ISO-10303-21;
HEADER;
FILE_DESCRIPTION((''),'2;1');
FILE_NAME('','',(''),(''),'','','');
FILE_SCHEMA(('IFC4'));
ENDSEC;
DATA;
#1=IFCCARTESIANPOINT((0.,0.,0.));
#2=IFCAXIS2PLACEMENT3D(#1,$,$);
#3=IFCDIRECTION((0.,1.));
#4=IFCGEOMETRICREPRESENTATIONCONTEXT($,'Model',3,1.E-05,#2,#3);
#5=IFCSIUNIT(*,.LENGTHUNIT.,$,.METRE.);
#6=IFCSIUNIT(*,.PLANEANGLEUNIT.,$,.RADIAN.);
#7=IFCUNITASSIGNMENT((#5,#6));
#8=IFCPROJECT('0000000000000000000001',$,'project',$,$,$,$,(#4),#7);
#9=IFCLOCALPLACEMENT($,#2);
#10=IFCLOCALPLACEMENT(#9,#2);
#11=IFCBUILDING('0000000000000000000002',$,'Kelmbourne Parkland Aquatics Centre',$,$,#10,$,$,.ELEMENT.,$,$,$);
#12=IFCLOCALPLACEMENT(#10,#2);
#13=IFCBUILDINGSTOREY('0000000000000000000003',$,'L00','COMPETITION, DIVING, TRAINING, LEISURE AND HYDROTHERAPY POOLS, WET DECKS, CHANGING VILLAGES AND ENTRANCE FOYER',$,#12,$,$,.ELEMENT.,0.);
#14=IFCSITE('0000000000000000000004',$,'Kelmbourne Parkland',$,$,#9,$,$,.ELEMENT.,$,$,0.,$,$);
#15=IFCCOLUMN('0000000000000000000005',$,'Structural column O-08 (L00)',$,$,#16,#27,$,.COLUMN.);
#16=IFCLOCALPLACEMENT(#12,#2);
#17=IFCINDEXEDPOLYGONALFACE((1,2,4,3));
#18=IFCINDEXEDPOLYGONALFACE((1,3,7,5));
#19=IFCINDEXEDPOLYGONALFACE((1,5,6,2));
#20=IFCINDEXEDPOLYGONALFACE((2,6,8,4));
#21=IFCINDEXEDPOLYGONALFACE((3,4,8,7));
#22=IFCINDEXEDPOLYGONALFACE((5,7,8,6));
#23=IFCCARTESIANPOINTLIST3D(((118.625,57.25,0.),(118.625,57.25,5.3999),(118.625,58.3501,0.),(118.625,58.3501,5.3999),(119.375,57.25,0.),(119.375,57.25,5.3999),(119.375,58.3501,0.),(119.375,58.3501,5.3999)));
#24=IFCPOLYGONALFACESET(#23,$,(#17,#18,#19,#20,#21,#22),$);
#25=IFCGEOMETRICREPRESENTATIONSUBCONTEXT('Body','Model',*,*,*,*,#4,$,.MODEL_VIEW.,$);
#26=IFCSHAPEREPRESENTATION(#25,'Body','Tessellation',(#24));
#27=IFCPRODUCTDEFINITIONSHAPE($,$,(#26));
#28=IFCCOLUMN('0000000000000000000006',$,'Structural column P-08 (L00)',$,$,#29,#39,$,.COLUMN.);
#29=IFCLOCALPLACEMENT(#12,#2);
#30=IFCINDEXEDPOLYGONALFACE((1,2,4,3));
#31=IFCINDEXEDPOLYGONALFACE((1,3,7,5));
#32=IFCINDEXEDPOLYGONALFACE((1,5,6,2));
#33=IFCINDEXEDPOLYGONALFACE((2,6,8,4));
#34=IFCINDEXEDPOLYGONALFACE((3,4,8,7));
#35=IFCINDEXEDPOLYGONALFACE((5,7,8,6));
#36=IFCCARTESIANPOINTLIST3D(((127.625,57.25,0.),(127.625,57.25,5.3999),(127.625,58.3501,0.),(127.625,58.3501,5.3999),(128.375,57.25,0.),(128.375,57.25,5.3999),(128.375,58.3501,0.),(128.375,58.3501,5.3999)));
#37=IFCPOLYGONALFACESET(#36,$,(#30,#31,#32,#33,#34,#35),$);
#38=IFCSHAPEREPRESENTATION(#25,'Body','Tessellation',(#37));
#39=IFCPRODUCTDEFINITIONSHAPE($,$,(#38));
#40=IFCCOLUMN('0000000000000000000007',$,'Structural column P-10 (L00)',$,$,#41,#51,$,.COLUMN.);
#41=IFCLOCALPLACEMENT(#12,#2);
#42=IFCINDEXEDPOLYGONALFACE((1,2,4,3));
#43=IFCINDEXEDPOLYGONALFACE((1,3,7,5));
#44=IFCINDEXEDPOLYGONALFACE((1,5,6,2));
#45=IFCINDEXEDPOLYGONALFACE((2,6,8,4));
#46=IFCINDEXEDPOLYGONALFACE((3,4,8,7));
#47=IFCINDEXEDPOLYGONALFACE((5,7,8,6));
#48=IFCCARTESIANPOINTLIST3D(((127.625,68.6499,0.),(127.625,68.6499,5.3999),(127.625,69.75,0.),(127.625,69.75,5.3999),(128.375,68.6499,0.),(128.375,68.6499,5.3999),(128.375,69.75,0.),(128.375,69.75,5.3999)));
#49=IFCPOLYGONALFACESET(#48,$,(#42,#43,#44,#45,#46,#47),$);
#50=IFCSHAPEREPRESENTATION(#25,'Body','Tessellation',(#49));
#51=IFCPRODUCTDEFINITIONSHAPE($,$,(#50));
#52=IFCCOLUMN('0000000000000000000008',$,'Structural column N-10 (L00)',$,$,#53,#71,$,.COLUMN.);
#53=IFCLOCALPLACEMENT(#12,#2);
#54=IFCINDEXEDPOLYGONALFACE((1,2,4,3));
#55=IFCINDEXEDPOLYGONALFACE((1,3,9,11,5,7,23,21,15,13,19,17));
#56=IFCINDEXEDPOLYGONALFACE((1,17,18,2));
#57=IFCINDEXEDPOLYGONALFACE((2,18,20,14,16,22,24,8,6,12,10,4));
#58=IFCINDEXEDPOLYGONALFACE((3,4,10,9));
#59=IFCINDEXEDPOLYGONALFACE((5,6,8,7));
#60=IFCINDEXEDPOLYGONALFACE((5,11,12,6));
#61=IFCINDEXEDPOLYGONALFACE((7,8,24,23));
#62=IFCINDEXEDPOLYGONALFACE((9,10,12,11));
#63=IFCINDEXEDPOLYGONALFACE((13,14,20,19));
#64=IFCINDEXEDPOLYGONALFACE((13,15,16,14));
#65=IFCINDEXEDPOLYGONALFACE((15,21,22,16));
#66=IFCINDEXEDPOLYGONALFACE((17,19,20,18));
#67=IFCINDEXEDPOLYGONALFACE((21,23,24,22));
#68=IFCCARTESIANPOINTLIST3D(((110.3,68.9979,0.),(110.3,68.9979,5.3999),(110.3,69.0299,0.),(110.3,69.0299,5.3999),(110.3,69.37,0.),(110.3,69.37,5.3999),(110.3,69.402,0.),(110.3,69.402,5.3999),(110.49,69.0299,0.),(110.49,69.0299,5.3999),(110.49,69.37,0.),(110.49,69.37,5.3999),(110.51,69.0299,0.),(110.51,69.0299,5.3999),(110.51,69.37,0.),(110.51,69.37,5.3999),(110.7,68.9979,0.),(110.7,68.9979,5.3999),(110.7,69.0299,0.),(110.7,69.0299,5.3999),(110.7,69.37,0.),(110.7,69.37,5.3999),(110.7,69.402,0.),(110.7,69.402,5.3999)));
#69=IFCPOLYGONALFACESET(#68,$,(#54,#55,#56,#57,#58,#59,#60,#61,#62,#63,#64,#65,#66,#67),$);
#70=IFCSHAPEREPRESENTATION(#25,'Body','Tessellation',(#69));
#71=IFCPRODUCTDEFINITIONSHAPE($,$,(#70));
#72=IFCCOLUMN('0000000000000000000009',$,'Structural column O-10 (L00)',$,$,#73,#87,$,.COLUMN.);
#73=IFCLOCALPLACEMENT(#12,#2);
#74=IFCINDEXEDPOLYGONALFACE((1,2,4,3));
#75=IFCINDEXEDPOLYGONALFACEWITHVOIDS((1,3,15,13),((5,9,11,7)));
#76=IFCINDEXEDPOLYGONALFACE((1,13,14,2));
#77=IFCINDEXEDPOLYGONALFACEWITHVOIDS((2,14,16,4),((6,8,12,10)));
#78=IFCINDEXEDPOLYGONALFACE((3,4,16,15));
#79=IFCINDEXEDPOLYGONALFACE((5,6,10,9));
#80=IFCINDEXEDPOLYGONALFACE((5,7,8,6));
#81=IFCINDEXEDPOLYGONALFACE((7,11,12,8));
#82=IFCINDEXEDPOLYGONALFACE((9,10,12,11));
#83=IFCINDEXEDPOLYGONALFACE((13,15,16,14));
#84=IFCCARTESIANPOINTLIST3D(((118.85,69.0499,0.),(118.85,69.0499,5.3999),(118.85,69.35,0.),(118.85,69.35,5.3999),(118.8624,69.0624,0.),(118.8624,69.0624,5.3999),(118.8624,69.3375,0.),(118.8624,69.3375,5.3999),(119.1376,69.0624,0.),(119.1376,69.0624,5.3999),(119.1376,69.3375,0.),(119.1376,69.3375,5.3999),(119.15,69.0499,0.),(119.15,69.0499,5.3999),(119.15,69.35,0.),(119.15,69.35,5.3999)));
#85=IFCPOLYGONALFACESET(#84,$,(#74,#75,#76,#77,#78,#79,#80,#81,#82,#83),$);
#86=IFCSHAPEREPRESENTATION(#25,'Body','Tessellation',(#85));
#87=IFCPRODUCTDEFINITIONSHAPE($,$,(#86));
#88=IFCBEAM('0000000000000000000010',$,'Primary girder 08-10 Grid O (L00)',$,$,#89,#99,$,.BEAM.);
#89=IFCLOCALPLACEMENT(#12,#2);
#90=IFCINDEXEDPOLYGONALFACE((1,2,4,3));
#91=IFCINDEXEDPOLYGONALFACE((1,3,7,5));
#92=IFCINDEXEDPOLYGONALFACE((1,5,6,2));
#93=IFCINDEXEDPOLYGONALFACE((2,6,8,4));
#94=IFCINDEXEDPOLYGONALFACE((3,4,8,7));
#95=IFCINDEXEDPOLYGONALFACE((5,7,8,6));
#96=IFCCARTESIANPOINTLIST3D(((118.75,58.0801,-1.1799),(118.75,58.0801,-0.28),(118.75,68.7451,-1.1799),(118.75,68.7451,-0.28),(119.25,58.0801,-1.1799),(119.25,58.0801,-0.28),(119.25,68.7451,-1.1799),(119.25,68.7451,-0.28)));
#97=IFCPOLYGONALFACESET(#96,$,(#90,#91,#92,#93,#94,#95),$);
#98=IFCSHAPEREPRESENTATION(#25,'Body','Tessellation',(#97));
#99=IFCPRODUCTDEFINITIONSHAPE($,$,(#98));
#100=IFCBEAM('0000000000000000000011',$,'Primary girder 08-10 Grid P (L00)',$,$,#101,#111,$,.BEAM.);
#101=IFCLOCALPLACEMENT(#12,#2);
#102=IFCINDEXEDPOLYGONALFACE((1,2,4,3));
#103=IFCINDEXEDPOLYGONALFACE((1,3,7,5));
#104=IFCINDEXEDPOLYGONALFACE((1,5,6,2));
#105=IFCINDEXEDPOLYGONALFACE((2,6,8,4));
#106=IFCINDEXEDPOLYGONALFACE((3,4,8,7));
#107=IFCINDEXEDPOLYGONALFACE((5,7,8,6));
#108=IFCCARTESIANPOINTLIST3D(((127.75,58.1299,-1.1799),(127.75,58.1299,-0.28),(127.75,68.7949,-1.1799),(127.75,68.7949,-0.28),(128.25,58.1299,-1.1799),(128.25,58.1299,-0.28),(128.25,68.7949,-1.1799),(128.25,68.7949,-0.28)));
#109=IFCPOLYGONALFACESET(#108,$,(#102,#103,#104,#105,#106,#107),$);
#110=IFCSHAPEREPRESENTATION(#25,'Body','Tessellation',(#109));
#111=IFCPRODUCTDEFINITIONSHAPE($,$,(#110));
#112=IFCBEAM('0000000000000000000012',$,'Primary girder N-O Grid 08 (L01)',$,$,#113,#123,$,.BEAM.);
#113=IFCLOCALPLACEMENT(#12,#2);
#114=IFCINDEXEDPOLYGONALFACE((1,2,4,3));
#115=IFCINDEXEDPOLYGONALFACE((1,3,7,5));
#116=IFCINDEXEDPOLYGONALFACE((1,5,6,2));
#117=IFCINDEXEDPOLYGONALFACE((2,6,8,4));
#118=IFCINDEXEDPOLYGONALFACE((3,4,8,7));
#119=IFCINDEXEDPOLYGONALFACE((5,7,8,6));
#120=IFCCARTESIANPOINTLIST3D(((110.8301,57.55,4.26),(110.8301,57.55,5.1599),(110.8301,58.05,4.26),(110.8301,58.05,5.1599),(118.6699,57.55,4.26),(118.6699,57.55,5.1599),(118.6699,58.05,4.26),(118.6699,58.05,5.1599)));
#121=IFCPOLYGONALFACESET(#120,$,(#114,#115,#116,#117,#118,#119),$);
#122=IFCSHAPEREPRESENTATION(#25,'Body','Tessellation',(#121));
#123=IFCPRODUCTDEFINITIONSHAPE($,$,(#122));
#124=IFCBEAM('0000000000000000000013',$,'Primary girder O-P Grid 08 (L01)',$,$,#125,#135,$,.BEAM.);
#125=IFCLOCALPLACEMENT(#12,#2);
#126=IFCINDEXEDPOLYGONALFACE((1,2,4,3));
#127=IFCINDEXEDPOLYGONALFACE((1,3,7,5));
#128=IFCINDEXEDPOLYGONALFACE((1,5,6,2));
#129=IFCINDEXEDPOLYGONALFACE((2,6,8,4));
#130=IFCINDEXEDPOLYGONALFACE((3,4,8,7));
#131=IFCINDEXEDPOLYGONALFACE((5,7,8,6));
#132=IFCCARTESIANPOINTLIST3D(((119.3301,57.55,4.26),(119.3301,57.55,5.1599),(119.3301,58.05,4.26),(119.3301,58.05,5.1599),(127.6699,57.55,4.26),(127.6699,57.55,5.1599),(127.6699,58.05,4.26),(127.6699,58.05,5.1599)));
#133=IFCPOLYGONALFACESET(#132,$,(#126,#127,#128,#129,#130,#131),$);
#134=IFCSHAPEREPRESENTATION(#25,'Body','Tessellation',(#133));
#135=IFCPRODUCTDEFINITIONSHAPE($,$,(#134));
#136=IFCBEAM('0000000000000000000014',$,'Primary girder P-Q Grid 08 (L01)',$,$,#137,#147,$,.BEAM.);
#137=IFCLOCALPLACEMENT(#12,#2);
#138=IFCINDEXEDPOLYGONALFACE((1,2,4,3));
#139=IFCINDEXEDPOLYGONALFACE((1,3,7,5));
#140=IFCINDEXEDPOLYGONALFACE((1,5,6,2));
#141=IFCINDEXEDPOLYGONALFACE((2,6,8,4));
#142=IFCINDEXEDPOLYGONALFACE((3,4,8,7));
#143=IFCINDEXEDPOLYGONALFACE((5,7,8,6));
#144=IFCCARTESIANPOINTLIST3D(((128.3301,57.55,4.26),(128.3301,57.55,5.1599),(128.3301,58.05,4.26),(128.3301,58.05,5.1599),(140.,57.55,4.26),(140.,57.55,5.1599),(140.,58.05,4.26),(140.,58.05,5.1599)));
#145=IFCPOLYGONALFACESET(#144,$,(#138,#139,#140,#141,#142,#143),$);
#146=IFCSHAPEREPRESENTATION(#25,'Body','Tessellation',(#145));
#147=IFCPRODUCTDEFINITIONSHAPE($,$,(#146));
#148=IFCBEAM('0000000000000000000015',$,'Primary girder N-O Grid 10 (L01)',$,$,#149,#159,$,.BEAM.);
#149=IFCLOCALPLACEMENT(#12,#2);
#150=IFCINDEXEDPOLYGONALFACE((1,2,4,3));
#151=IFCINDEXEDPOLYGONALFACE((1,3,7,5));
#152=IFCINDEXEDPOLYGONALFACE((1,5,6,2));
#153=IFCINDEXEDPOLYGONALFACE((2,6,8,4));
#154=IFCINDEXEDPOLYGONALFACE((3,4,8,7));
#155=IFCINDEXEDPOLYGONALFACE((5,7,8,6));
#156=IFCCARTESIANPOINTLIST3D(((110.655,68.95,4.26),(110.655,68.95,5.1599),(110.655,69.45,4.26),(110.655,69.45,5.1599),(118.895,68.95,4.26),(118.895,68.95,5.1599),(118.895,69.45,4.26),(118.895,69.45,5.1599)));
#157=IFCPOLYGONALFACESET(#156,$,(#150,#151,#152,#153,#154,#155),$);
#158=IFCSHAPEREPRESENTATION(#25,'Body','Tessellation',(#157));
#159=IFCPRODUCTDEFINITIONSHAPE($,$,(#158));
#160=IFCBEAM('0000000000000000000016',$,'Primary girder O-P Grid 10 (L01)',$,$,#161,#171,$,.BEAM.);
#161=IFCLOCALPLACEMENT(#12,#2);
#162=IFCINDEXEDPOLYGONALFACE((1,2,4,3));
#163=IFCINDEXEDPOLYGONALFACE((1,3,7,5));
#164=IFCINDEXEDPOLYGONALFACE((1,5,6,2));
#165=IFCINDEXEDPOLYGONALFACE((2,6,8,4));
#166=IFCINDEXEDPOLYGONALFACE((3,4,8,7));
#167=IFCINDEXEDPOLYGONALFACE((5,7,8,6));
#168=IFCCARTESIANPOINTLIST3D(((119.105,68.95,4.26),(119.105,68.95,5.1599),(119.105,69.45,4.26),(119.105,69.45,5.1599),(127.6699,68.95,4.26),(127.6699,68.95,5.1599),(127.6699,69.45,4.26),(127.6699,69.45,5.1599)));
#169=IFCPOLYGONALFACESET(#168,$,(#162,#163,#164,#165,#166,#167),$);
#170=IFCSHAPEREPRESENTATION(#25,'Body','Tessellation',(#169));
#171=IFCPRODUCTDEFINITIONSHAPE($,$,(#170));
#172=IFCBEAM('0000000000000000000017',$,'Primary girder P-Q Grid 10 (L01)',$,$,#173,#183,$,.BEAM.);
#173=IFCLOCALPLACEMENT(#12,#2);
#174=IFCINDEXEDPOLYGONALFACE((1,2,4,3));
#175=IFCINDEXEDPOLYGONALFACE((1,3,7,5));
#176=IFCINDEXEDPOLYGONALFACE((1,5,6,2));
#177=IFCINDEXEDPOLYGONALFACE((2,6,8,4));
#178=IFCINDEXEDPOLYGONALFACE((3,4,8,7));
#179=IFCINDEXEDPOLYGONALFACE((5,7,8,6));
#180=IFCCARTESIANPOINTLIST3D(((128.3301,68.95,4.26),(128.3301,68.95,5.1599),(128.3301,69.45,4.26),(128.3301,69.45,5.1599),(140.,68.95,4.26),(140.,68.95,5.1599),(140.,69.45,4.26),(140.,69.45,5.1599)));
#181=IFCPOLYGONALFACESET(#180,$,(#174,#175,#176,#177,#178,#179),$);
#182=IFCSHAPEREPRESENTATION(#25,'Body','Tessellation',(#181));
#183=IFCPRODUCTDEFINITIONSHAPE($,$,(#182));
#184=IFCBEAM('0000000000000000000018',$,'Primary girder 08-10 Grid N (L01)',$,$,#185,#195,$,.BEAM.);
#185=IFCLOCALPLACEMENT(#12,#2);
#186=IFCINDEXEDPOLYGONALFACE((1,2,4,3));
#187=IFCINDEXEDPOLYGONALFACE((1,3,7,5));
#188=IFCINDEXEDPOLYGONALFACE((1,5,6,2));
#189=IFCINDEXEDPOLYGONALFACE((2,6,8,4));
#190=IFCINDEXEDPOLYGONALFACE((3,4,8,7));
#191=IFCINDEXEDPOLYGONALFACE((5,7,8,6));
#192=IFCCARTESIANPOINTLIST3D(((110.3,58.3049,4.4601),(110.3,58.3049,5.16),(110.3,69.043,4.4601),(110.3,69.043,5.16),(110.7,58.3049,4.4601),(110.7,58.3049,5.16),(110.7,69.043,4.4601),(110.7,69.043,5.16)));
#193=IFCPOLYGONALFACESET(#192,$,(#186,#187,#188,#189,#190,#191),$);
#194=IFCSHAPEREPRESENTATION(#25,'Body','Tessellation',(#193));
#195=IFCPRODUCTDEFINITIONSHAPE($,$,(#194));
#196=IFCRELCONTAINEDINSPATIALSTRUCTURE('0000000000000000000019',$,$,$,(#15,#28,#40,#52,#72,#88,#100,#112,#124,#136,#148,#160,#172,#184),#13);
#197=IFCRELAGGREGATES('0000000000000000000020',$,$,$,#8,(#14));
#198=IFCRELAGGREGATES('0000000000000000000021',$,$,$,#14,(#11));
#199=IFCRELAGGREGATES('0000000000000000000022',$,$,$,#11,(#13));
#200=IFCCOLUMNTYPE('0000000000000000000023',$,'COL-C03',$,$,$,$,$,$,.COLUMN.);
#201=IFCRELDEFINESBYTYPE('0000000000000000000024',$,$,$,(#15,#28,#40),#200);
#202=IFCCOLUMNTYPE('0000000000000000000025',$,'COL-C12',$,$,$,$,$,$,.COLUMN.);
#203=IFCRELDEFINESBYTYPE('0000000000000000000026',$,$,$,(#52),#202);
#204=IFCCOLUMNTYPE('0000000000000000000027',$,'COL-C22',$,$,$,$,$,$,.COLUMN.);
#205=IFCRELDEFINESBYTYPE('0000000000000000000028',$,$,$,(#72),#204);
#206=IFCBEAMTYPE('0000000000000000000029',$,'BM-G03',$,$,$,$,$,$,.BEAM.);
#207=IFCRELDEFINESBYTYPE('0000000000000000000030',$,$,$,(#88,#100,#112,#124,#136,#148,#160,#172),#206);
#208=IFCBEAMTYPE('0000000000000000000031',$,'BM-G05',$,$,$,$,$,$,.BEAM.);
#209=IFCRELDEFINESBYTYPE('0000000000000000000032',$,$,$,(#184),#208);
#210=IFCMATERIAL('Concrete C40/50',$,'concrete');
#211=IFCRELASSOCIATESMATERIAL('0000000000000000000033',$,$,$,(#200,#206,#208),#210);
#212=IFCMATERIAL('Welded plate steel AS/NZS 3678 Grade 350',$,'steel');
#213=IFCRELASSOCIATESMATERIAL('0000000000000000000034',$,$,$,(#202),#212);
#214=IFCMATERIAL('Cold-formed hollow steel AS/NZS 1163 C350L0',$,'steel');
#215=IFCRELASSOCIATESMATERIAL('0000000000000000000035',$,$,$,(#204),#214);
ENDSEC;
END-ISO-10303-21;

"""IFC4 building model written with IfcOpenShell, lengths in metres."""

from ifc_helpers import new_model, si_unit, direction, frame, origin, origin_2d, place, context, subcontext, project, spatial, rectangle, hollow_rectangle, i_section, extrude, material, material_profile, profile_set, type_object, element, save


model = new_model("IFC4")

# Units and contexts
model_context = context("Model", 3, precision=1e-05, world=origin(), true_north=direction((0.0, 1.0)))
body_context = subcontext(model_context, "Body", "Model", "MODEL_VIEW")
ifc_project = project(units=[si_unit("LENGTHUNIT", "METRE"), si_unit("PLANEANGLEUNIT", "RADIAN")], contexts=[model_context])

# Site, building, storey
site_placement = place(None, origin())
site = spatial("IfcSite", under=ifc_project, at=site_placement, Name="Kelmbourne Parkland", CompositionType="ELEMENT", RefElevation=0.0)
building_placement = place(site_placement, origin())
building = spatial("IfcBuilding", under=site, at=building_placement, Name="Kelmbourne Parkland Aquatics Centre", CompositionType="ELEMENT")
storey_placement = place(building_placement, origin())
storey = spatial("IfcBuildingStorey", under=building, at=storey_placement, Name="L00", Description="COMPETITION, DIVING, TRAINING, LEISURE AND HYDROTHERAPY POOLS, WET DECKS, CHANGING VILLAGES AND ENTRANCE FOYER", CompositionType="ELEMENT", Elevation=0.0)

# Columns
ifc_material_1 = material(Name="Concrete C40/50", Category="concrete")
ifc_material_profile_1 = material_profile(ifc_material_1, rectangle(XDim=0.75, YDim=1.1001, at=origin_2d()), Name="RC 750x1100")
ifc_profile_set_1 = profile_set([ifc_material_profile_1], Name="Concrete C40/50")
column_type_1 = type_object("IfcColumnType", Name="COL-C03", PredefinedType="COLUMN", material=ifc_profile_set_1)
for number, where, z_axis, x_axis, name in (
    (1, (119.0, 57.8, 0.0), (0.0, 0.0, 1.0), (1.0, 0.0, 0.0), "Structural column O-08 (L00)"),
    (2, (128.0, 57.8, 0.0), (0.0, 0.0, 1.0), (1.0, 0.0, 0.0), "Structural column P-08 (L00)"),
    (3, (128.0, 69.2, 0.0), (0.0, 0.0, 1.0), (1.0, 0.0, 0.0), "Structural column P-10 (L00)"),
):
    element("IfcColumn", number, at=place(storey_placement, frame(where, z_axis=z_axis, x_axis=x_axis)), inside=storey, type_object=column_type_1, Name=name, PredefinedType="COLUMN", context=body_context, shape_type="SweptSolid", body=[
        extrude(rectangle(XDim=0.75, YDim=1.1001, at=origin_2d()), origin(), (0.0, 0.0, 1.0), 5.3999),
    ])
ifc_material_2 = material(Name="Welded plate steel AS/NZS 3678 Grade 350", Category="steel")
ifc_material_profile_2 = material_profile(ifc_material_2, i_section(OverallWidth=0.3999, OverallDepth=0.4041, WebThickness=0.02, FlangeThickness=0.032, at=origin_2d()), Name="400WC270")
ifc_profile_set_2 = profile_set([ifc_material_profile_2], Name="Welded plate steel AS/NZS 3678 Grade 350")
column_type_2 = type_object("IfcColumnType", Name="COL-C12", PredefinedType="COLUMN", material=ifc_profile_set_2)
column_1_placement = place(storey_placement, frame((110.5, 69.2, 0.0), z_axis=(0.0, 0.0, 1.0), x_axis=(1.0, 0.0, 0.0)))
element("IfcColumn", 4, at=column_1_placement, inside=storey, type_object=column_type_2, Name="Structural column N-10 (L00)", PredefinedType="COLUMN", context=body_context, shape_type="SweptSolid", body=[
    extrude(i_section(OverallWidth=0.3999, OverallDepth=0.4041, WebThickness=0.02, FlangeThickness=0.032, at=origin_2d()), origin(), (0.0, 0.0, 1.0), 5.3999),
])
ifc_material_3 = material(Name="Cold-formed hollow steel AS/NZS 1163 C350L0", Category="steel")
ifc_material_profile_3 = material_profile(ifc_material_3, hollow_rectangle(XDim=0.3, YDim=0.3, WallThickness=0.0125, at=origin_2d()), Name="SHS 300x300x12.5")
ifc_profile_set_3 = profile_set([ifc_material_profile_3], Name="Cold-formed hollow steel AS/NZS 1163 C350L0")
column_type_3 = type_object("IfcColumnType", Name="COL-C22", PredefinedType="COLUMN", material=ifc_profile_set_3)
column_2_placement = place(storey_placement, frame((119.0, 69.2, 0.0), z_axis=(0.0, 0.0, 1.0), x_axis=(1.0, 0.0, 0.0)))
element("IfcColumn", 5, at=column_2_placement, inside=storey, type_object=column_type_3, Name="Structural column O-10 (L00)", PredefinedType="COLUMN", context=body_context, shape_type="SweptSolid", body=[
    extrude(hollow_rectangle(XDim=0.3, YDim=0.3, WallThickness=0.0125, at=origin_2d()), origin(), (0.0, 0.0, 1.0), 5.3999),
])

# Beams
ifc_material_profile_4 = material_profile(ifc_material_1, rectangle(XDim=0.5, YDim=0.8999, at=origin_2d()), Name="RC 500x900")
ifc_profile_set_4 = profile_set([ifc_material_profile_4], Name="Concrete C40/50")
beam_type_1 = type_object("IfcBeamType", Name="BM-G03", PredefinedType="BEAM", material=ifc_profile_set_4)
for number, where, z_axis, x_axis, name in (
    (6, (119.0, 58.0801, -0.73), (0.0, 1.0, 0.0), (-1.0, 0.0, 0.0), "Primary girder 08-10 Grid O (L00)"),
    (7, (128.0, 58.1299, -0.73), (0.0, 1.0, 0.0), (-1.0, 0.0, 0.0), "Primary girder 08-10 Grid P (L00)"),
):
    element("IfcBeam", number, at=place(storey_placement, frame(where, z_axis=z_axis, x_axis=x_axis)), inside=storey, type_object=beam_type_1, Name=name, PredefinedType="BEAM", context=body_context, shape_type="SweptSolid", body=[
        extrude(rectangle(XDim=0.5, YDim=0.8999, at=origin_2d()), origin(), (0.0, 0.0, 1.0), 10.665),
    ])
beam_1_placement = place(storey_placement, frame((110.8301, 57.8, 4.71), z_axis=(1.0, 0.0, 0.0), x_axis=(0.0, 1.0, 0.0)))
element("IfcBeam", 8, at=beam_1_placement, inside=storey, type_object=beam_type_1, Name="Primary girder N-O Grid 08 (L01)", PredefinedType="BEAM", context=body_context, shape_type="SweptSolid", body=[
    extrude(rectangle(XDim=0.5, YDim=0.8999, at=origin_2d()), origin(), (0.0, 0.0, 1.0), 7.8398),
])
beam_2_placement = place(storey_placement, frame((119.3301, 57.8, 4.71), z_axis=(1.0, 0.0, 0.0), x_axis=(0.0, 1.0, 0.0)))
element("IfcBeam", 9, at=beam_2_placement, inside=storey, type_object=beam_type_1, Name="Primary girder O-P Grid 08 (L01)", PredefinedType="BEAM", context=body_context, shape_type="SweptSolid", body=[
    extrude(rectangle(XDim=0.5, YDim=0.8999, at=origin_2d()), origin(), (0.0, 0.0, 1.0), 8.3398),
])
beam_3_placement = place(storey_placement, frame((128.3301, 57.8, 4.71), z_axis=(1.0, 0.0, 0.0), x_axis=(0.0, 1.0, 0.0)))
element("IfcBeam", 10, at=beam_3_placement, inside=storey, type_object=beam_type_1, Name="Primary girder P-Q Grid 08 (L01)", PredefinedType="BEAM", context=body_context, shape_type="SweptSolid", body=[
    extrude(rectangle(XDim=0.5, YDim=0.8999, at=origin_2d()), origin(), (0.0, 0.0, 1.0), 11.6699),
])
beam_4_placement = place(storey_placement, frame((110.655, 69.2, 4.71), z_axis=(1.0, 0.0, 0.0), x_axis=(0.0, 1.0, 0.0)))
element("IfcBeam", 11, at=beam_4_placement, inside=storey, type_object=beam_type_1, Name="Primary girder N-O Grid 10 (L01)", PredefinedType="BEAM", context=body_context, shape_type="SweptSolid", body=[
    extrude(rectangle(XDim=0.5, YDim=0.8999, at=origin_2d()), origin(), (0.0, 0.0, 1.0), 8.24),
])
beam_5_placement = place(storey_placement, frame((119.105, 69.2, 4.71), z_axis=(1.0, 0.0, 0.0), x_axis=(0.0, 1.0, 0.0)))
element("IfcBeam", 12, at=beam_5_placement, inside=storey, type_object=beam_type_1, Name="Primary girder O-P Grid 10 (L01)", PredefinedType="BEAM", context=body_context, shape_type="SweptSolid", body=[
    extrude(rectangle(XDim=0.5, YDim=0.8999, at=origin_2d()), origin(), (0.0, 0.0, 1.0), 8.5649),
])
beam_6_placement = place(storey_placement, frame((128.3301, 69.2, 4.71), z_axis=(1.0, 0.0, 0.0), x_axis=(0.0, 1.0, 0.0)))
element("IfcBeam", 13, at=beam_6_placement, inside=storey, type_object=beam_type_1, Name="Primary girder P-Q Grid 10 (L01)", PredefinedType="BEAM", context=body_context, shape_type="SweptSolid", body=[
    extrude(rectangle(XDim=0.5, YDim=0.8999, at=origin_2d()), origin(), (0.0, 0.0, 1.0), 11.6699),
])
ifc_material_profile_5 = material_profile(ifc_material_1, rectangle(XDim=0.3999, YDim=0.7, at=origin_2d()), Name="RC 400x700")
ifc_profile_set_5 = profile_set([ifc_material_profile_5], Name="Concrete C40/50")
beam_type_2 = type_object("IfcBeamType", Name="BM-G05", PredefinedType="BEAM", material=ifc_profile_set_5)
beam_7_placement = place(storey_placement, frame((110.5, 58.3049, 4.8101), z_axis=(0.0, 1.0, 0.0), x_axis=(-1.0, 0.0, 0.0)))
element("IfcBeam", 14, at=beam_7_placement, inside=storey, type_object=beam_type_2, Name="Primary girder 08-10 Grid N (L01)", PredefinedType="BEAM", context=body_context, shape_type="SweptSolid", body=[
    extrude(rectangle(XDim=0.3999, YDim=0.7, at=origin_2d()), origin(), (0.0, 0.0, 1.0), 10.738),
])

save(model, "model.ifc")
